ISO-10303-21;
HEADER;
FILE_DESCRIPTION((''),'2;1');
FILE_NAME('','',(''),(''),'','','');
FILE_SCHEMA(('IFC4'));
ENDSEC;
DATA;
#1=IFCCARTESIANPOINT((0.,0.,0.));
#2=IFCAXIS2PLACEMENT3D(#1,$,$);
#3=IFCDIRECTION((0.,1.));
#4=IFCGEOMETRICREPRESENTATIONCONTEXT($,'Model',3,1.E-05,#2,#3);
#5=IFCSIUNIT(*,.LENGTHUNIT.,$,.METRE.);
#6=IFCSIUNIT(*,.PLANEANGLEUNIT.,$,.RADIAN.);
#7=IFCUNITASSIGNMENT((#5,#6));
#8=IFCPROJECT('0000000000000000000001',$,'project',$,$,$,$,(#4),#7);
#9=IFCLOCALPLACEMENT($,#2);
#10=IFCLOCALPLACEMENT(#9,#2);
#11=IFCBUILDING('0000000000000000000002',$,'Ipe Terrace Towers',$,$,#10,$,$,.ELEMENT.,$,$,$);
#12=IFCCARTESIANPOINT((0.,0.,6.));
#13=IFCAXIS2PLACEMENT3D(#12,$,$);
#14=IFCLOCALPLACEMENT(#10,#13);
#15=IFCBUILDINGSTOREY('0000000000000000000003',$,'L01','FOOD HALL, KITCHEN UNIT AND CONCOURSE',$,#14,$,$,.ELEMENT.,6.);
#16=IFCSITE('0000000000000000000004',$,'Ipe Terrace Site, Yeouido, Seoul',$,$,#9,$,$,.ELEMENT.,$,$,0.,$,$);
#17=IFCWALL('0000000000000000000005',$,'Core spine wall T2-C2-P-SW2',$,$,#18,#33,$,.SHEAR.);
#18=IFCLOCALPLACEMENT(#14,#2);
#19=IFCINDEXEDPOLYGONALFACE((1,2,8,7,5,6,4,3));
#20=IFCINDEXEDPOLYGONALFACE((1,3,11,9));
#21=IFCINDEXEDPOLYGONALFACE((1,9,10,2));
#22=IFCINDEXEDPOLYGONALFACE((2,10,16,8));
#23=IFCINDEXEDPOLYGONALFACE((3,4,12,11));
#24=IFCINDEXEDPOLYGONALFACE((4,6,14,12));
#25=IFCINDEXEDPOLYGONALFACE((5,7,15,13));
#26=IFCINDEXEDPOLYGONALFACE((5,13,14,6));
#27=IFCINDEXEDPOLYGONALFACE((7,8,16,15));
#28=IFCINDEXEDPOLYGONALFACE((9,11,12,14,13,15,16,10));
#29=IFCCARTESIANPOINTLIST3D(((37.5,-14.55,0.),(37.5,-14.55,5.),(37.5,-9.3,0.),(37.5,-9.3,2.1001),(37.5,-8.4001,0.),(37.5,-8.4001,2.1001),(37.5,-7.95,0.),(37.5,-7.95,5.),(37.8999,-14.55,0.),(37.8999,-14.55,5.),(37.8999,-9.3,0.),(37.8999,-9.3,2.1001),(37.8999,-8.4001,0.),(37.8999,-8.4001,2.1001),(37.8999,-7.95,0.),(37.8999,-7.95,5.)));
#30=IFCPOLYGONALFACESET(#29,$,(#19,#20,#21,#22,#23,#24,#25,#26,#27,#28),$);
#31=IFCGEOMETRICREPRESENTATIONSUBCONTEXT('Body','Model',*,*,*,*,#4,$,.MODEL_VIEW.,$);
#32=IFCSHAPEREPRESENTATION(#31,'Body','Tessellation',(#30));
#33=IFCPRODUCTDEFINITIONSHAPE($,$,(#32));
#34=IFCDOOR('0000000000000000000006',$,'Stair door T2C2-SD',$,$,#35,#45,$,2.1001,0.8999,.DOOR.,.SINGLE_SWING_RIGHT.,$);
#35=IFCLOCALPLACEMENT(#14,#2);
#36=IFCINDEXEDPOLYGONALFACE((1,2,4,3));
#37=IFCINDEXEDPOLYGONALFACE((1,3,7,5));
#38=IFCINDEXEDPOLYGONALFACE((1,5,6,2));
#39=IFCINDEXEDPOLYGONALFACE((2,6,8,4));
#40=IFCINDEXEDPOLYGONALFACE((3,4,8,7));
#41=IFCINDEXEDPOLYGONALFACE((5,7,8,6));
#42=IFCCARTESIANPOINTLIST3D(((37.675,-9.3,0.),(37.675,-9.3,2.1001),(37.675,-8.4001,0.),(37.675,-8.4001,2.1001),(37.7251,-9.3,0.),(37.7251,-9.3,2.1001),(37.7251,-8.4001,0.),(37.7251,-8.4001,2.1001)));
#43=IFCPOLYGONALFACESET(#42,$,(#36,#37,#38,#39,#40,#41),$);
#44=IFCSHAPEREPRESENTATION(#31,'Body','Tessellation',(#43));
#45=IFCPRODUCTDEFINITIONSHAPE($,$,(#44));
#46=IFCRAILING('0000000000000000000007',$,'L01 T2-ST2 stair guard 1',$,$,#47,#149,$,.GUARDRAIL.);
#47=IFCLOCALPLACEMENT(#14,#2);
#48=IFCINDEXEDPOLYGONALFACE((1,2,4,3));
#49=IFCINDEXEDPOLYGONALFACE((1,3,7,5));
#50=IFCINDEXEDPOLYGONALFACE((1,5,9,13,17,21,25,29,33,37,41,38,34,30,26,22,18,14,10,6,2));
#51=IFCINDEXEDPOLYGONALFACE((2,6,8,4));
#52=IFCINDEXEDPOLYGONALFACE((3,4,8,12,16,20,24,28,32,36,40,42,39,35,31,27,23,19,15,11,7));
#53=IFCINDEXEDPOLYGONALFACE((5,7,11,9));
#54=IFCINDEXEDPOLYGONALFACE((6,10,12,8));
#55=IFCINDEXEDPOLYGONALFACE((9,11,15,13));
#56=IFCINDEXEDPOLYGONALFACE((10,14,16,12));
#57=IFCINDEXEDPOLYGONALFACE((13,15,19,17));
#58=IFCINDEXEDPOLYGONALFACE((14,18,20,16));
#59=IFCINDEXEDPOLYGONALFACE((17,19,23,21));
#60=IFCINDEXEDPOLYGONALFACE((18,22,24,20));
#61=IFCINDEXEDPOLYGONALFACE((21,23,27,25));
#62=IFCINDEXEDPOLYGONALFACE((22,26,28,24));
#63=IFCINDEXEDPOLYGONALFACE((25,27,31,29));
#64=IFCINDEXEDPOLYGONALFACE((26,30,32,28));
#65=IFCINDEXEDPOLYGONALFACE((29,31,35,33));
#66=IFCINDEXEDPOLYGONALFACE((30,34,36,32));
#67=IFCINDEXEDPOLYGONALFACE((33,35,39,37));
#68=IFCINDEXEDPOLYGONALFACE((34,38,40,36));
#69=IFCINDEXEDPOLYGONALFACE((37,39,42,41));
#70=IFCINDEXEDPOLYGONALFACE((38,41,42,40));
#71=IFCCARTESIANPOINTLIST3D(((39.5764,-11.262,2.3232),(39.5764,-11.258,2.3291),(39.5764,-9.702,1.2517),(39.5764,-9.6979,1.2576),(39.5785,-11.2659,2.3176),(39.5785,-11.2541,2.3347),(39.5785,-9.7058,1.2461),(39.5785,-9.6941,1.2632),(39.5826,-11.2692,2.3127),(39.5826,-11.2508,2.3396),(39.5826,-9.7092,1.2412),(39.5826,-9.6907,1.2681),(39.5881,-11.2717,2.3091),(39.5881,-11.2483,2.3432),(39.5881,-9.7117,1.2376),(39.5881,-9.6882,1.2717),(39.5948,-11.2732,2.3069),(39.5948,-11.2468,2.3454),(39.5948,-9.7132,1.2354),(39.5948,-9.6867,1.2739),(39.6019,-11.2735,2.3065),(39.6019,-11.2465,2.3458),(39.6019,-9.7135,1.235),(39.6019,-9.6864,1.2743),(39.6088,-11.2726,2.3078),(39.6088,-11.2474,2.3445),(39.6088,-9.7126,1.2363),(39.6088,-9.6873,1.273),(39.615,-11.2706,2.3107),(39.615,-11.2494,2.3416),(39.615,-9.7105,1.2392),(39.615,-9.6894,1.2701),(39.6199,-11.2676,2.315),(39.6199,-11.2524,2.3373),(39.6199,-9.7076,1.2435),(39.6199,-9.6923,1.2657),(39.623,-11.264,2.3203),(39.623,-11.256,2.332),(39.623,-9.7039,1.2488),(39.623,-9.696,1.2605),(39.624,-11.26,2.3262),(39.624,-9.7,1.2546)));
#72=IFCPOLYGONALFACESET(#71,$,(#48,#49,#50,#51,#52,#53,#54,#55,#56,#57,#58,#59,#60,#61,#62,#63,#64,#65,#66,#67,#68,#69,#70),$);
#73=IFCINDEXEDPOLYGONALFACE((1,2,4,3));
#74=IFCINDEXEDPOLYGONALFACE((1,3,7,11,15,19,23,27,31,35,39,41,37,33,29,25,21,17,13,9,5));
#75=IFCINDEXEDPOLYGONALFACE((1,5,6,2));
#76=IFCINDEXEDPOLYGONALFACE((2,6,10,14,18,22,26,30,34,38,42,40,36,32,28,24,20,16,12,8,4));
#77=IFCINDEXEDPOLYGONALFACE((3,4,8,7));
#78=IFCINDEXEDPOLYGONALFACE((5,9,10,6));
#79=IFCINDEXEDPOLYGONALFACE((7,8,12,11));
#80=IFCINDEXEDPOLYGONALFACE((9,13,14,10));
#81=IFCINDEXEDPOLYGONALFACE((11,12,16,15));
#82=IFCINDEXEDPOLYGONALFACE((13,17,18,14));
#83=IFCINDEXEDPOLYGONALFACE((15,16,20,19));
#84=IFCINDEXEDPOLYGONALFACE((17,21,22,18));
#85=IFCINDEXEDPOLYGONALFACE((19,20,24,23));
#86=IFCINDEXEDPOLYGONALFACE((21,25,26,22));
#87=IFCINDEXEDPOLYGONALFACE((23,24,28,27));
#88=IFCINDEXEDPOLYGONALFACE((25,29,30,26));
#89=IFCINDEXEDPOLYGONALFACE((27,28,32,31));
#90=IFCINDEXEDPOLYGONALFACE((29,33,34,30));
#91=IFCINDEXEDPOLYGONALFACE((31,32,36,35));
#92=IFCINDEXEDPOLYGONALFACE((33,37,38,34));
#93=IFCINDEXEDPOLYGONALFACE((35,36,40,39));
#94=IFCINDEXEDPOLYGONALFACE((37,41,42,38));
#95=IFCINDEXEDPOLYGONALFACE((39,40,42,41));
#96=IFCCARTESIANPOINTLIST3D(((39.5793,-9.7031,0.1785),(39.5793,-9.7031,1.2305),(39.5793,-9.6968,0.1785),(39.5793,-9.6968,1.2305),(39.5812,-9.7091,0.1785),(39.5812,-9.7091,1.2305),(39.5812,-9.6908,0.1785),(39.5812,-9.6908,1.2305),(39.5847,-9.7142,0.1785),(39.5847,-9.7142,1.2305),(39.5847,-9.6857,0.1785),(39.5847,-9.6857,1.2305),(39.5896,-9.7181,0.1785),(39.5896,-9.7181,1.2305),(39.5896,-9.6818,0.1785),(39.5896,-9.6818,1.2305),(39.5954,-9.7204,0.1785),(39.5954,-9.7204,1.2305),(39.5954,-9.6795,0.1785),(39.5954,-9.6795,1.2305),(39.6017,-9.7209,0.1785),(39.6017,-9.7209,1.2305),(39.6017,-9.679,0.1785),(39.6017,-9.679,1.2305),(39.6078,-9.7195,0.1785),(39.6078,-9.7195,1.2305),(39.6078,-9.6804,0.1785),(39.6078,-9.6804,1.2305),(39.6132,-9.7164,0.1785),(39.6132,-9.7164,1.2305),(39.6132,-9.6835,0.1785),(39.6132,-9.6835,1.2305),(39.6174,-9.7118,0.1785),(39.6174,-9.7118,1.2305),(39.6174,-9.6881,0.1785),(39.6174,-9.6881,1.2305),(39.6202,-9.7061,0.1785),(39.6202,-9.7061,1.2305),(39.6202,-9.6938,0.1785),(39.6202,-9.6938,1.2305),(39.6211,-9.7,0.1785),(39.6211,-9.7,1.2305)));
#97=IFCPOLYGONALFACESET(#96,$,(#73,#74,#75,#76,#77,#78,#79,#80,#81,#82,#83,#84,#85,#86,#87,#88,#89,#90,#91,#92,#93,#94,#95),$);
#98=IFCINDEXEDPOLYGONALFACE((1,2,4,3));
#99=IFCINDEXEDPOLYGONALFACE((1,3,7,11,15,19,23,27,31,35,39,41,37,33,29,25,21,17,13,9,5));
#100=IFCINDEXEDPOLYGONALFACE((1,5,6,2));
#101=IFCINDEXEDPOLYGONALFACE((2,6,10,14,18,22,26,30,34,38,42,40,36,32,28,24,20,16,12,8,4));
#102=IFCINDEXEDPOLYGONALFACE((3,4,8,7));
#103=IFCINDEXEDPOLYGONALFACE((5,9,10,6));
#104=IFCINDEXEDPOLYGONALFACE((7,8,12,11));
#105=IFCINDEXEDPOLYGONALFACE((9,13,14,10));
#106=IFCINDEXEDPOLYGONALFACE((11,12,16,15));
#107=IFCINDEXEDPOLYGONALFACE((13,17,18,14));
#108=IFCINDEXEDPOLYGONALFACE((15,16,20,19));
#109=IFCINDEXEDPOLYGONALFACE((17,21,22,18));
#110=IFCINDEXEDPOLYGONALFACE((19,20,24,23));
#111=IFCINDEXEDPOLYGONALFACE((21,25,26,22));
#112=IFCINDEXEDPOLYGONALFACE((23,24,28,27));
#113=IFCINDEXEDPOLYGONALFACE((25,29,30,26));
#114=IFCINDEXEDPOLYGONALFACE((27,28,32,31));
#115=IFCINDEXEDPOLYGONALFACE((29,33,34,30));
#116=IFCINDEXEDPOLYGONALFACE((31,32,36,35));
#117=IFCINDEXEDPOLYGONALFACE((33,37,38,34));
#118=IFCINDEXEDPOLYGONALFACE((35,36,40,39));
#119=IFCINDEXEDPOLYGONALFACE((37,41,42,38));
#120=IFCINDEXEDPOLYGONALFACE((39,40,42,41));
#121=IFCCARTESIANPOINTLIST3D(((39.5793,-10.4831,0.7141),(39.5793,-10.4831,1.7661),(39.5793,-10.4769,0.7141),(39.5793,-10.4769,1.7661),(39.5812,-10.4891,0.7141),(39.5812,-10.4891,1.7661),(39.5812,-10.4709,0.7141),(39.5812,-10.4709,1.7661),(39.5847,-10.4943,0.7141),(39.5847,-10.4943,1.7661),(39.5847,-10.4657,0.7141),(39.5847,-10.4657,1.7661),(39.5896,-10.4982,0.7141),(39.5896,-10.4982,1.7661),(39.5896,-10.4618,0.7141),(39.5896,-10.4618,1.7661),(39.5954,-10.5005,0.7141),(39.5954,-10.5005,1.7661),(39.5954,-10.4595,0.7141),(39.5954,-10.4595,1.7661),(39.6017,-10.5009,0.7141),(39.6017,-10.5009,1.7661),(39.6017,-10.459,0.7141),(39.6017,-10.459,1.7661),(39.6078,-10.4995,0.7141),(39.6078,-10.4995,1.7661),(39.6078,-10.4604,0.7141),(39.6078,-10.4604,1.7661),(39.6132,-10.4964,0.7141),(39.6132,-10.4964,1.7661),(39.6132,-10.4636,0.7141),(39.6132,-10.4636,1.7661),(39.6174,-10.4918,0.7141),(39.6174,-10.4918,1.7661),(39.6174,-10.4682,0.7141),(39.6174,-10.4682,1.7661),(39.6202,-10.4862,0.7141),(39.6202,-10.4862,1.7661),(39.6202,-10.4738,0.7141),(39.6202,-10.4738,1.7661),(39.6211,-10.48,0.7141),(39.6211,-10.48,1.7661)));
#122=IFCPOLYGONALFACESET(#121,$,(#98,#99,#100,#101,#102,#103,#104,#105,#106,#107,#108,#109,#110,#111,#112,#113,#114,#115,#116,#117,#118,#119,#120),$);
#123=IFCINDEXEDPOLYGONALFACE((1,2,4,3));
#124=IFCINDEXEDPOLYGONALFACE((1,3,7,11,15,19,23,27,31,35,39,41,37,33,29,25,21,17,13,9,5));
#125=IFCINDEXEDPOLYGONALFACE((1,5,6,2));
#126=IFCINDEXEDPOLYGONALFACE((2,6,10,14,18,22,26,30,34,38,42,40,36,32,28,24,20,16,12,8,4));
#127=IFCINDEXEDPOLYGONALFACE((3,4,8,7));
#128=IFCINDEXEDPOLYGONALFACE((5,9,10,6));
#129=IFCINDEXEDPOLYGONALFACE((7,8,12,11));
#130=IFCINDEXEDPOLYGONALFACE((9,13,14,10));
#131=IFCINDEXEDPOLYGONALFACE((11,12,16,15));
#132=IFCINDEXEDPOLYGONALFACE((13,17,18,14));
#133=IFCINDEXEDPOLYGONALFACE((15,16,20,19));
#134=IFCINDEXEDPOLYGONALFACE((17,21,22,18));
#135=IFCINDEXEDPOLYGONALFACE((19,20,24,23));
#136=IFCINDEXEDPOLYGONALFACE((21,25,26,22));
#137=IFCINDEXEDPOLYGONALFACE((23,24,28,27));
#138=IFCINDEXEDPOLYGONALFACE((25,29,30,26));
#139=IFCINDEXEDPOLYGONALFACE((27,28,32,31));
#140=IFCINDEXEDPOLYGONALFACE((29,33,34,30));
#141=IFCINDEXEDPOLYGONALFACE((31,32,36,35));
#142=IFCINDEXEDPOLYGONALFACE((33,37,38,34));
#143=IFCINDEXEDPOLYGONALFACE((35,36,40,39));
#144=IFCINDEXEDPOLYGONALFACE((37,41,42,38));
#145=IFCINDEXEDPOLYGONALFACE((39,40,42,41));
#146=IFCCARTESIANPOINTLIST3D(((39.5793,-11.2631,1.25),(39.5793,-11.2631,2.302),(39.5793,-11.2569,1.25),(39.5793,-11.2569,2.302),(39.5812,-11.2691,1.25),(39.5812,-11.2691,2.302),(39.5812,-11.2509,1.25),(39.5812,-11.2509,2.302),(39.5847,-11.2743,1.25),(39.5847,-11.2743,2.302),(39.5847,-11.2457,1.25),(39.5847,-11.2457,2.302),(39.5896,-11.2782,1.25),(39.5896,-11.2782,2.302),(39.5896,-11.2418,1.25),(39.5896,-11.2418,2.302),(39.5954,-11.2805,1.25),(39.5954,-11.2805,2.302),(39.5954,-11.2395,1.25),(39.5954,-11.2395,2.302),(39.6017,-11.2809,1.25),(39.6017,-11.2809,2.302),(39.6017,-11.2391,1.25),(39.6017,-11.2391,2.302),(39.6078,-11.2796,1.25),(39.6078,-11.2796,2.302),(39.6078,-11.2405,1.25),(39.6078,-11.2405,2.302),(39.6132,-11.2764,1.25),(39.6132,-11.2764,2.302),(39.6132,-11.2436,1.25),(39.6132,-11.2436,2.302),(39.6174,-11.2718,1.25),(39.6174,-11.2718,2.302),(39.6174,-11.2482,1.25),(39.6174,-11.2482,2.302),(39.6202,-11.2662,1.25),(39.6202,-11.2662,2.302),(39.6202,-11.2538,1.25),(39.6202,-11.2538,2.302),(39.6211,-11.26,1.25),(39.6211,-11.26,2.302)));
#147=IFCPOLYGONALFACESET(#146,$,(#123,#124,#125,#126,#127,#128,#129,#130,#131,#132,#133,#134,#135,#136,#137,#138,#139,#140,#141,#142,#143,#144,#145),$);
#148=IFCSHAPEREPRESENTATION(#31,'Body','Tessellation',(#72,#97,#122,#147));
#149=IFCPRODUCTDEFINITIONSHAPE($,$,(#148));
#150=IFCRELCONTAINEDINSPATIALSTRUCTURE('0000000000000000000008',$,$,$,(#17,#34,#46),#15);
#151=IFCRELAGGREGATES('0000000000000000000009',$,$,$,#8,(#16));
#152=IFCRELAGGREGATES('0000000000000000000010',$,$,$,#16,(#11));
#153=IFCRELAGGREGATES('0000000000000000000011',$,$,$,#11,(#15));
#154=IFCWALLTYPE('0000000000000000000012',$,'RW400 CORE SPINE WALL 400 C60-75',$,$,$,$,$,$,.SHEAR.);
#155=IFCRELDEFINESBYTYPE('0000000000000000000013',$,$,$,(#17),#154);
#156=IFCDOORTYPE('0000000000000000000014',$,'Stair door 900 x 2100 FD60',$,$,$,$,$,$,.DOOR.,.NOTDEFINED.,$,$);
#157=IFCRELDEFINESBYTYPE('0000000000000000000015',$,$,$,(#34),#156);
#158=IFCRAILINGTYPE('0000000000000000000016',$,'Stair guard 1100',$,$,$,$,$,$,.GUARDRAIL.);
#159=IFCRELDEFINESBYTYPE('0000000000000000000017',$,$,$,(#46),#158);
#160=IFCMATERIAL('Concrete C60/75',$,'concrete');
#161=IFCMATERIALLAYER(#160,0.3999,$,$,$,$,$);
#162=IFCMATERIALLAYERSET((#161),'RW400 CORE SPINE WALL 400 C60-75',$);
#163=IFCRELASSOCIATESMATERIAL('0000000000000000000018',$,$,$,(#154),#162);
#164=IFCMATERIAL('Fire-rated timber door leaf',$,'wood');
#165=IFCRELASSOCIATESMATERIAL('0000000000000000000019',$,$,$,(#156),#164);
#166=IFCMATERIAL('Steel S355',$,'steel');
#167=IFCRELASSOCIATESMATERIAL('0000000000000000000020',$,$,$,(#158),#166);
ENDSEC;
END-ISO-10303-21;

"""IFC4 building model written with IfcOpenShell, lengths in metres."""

from ifc_helpers import new_model, si_unit, direction, frame, frame_2d, origin, origin_2d, place, context, subcontext, project, spatial, rectangle, circle, extrude, material, layer, layer_set, type_object, element, fill, save


model = new_model("IFC4")

# Units and contexts
model_context = context("Model", 3, precision=1e-05, world=origin(), true_north=direction((0.0, 1.0)))
body_context = subcontext(model_context, "Body", "Model", "MODEL_VIEW")
ifc_project = project(units=[si_unit("LENGTHUNIT", "METRE"), si_unit("PLANEANGLEUNIT", "RADIAN")], contexts=[model_context])

# Site, building, storey
site_placement = place(None, origin())
site = spatial("IfcSite", under=ifc_project, at=site_placement, Name="Ipe Terrace Site, Yeouido, Seoul", CompositionType="ELEMENT", RefElevation=0.0)
building_placement = place(site_placement, origin())
building = spatial("IfcBuilding", under=site, at=building_placement, Name="Ipe Terrace Towers", CompositionType="ELEMENT")
storey_placement = place(building_placement, frame((0.0, 0.0, 6.0)))
storey = spatial("IfcBuildingStorey", under=building, at=storey_placement, Name="L01", Description="FOOD HALL, KITCHEN UNIT AND CONCOURSE", CompositionType="ELEMENT", Elevation=6.0)

# Wall, opening, door
ifc_material_1 = material(Name="Concrete C60/75", Category="concrete")
ifc_layer_1 = layer(ifc_material_1, 0.3999)
ifc_layer_set_1 = layer_set([ifc_layer_1], Name="RW400 CORE SPINE WALL 400 C60-75")
wall_type_1 = type_object("IfcWallType", Name="RW400 CORE SPINE WALL 400 C60-75", PredefinedType="SHEAR", material=ifc_layer_set_1)
wall_1_placement = place(storey_placement, frame((37.7, -14.55, 0.0), z_axis=(0.0, 0.0, 1.0), x_axis=(0.0, 1.0, 0.0)))
wall_1 = element("IfcWall", 1, at=wall_1_placement, inside=storey, type_object=wall_type_1, Name="Core spine wall T2-C2-P-SW2", PredefinedType="SHEAR", context=body_context, shape_type="SweptSolid", body=[
    extrude(rectangle(XDim=6.6001, YDim=0.3999, at=frame_2d((3.3, 0.0))), origin(), (0.0, 0.0, 1.0), 5.0),
])
opening_1_placement = place(wall_1_placement, frame((5.25, 0.0, 0.0)))
opening_1 = element("IfcOpeningElement", 2, at=opening_1_placement, cuts=wall_1, PredefinedType="OPENING", context=body_context, shape_type="SweptSolid", body=[
    extrude(rectangle(XDim=0.8999, YDim=2.1001, at=frame_2d((0.45, 1.05))), frame((0.0, 0.21, 0.0), z_axis=(0.0, -1.0, 0.0), x_axis=(1.0, 0.0, 0.0)), (0.0, 0.0, 1.0), 0.4199),
])
ifc_material_2 = material(Name="Fire-rated timber door leaf", Category="wood")
door_type_1 = type_object("IfcDoorType", Name="Stair door 900 x 2100 FD60", OperationType="NOTDEFINED", PredefinedType="DOOR", material=ifc_material_2)
door_1_placement = place(opening_1_placement, origin())
door_1 = element("IfcDoor", 3, at=door_1_placement, inside=storey, type_object=door_type_1, Name="Stair door T2C2-SD", OperationType="SINGLE_SWING_RIGHT", OverallHeight=2.1001, OverallWidth=0.8999, PredefinedType="DOOR", context=body_context, shape_type="SweptSolid", body=[
    extrude(rectangle(XDim=0.8999, YDim=2.1001, at=frame_2d((0.45, 1.05))), frame((0.0, 0.0249, 0.0), z_axis=(0.0, -1.0, 0.0), x_axis=(1.0, 0.0, 0.0)), (0.0, 0.0, 1.0), 0.05),
])
fill(opening_1, door_1)

# Railing
ifc_material_3 = material(Name="Steel S355", Category="steel")
railing_type_1 = type_object("IfcRailingType", Name="Stair guard 1100", PredefinedType="GUARDRAIL", material=ifc_material_3)
railing_1_placement = place(storey_placement, frame((39.6001, -9.7, 0.1785)))
element("IfcRailing", 4, at=railing_1_placement, inside=storey, type_object=railing_type_1, Name="L01 T2-ST2 stair guard 1", PredefinedType="GUARDRAIL", context=body_context, shape_type="SweptSolid", body=[
    extrude(circle(Radius=0.0239, at=origin_2d()), frame((0.0, 0.0, 1.0762), z_axis=(0.0, -0.82429, 0.566167), x_axis=(1.0, 0.0, 0.0)), (0.0, 0.0, 1.0), 1.8926),
    extrude(circle(Radius=0.021, at=origin_2d()), origin(), (0.0, 0.0, 1.0), 1.052),
    extrude(circle(Radius=0.021, at=origin_2d()), frame((0.0, -0.78, 0.5356)), (0.0, 0.0, 1.0), 1.052),
    extrude(circle(Radius=0.021, at=origin_2d()), frame((0.0, -1.5601, 1.0715)), (0.0, 0.0, 1.0), 1.052),
])

save(model, "model.ifc")
